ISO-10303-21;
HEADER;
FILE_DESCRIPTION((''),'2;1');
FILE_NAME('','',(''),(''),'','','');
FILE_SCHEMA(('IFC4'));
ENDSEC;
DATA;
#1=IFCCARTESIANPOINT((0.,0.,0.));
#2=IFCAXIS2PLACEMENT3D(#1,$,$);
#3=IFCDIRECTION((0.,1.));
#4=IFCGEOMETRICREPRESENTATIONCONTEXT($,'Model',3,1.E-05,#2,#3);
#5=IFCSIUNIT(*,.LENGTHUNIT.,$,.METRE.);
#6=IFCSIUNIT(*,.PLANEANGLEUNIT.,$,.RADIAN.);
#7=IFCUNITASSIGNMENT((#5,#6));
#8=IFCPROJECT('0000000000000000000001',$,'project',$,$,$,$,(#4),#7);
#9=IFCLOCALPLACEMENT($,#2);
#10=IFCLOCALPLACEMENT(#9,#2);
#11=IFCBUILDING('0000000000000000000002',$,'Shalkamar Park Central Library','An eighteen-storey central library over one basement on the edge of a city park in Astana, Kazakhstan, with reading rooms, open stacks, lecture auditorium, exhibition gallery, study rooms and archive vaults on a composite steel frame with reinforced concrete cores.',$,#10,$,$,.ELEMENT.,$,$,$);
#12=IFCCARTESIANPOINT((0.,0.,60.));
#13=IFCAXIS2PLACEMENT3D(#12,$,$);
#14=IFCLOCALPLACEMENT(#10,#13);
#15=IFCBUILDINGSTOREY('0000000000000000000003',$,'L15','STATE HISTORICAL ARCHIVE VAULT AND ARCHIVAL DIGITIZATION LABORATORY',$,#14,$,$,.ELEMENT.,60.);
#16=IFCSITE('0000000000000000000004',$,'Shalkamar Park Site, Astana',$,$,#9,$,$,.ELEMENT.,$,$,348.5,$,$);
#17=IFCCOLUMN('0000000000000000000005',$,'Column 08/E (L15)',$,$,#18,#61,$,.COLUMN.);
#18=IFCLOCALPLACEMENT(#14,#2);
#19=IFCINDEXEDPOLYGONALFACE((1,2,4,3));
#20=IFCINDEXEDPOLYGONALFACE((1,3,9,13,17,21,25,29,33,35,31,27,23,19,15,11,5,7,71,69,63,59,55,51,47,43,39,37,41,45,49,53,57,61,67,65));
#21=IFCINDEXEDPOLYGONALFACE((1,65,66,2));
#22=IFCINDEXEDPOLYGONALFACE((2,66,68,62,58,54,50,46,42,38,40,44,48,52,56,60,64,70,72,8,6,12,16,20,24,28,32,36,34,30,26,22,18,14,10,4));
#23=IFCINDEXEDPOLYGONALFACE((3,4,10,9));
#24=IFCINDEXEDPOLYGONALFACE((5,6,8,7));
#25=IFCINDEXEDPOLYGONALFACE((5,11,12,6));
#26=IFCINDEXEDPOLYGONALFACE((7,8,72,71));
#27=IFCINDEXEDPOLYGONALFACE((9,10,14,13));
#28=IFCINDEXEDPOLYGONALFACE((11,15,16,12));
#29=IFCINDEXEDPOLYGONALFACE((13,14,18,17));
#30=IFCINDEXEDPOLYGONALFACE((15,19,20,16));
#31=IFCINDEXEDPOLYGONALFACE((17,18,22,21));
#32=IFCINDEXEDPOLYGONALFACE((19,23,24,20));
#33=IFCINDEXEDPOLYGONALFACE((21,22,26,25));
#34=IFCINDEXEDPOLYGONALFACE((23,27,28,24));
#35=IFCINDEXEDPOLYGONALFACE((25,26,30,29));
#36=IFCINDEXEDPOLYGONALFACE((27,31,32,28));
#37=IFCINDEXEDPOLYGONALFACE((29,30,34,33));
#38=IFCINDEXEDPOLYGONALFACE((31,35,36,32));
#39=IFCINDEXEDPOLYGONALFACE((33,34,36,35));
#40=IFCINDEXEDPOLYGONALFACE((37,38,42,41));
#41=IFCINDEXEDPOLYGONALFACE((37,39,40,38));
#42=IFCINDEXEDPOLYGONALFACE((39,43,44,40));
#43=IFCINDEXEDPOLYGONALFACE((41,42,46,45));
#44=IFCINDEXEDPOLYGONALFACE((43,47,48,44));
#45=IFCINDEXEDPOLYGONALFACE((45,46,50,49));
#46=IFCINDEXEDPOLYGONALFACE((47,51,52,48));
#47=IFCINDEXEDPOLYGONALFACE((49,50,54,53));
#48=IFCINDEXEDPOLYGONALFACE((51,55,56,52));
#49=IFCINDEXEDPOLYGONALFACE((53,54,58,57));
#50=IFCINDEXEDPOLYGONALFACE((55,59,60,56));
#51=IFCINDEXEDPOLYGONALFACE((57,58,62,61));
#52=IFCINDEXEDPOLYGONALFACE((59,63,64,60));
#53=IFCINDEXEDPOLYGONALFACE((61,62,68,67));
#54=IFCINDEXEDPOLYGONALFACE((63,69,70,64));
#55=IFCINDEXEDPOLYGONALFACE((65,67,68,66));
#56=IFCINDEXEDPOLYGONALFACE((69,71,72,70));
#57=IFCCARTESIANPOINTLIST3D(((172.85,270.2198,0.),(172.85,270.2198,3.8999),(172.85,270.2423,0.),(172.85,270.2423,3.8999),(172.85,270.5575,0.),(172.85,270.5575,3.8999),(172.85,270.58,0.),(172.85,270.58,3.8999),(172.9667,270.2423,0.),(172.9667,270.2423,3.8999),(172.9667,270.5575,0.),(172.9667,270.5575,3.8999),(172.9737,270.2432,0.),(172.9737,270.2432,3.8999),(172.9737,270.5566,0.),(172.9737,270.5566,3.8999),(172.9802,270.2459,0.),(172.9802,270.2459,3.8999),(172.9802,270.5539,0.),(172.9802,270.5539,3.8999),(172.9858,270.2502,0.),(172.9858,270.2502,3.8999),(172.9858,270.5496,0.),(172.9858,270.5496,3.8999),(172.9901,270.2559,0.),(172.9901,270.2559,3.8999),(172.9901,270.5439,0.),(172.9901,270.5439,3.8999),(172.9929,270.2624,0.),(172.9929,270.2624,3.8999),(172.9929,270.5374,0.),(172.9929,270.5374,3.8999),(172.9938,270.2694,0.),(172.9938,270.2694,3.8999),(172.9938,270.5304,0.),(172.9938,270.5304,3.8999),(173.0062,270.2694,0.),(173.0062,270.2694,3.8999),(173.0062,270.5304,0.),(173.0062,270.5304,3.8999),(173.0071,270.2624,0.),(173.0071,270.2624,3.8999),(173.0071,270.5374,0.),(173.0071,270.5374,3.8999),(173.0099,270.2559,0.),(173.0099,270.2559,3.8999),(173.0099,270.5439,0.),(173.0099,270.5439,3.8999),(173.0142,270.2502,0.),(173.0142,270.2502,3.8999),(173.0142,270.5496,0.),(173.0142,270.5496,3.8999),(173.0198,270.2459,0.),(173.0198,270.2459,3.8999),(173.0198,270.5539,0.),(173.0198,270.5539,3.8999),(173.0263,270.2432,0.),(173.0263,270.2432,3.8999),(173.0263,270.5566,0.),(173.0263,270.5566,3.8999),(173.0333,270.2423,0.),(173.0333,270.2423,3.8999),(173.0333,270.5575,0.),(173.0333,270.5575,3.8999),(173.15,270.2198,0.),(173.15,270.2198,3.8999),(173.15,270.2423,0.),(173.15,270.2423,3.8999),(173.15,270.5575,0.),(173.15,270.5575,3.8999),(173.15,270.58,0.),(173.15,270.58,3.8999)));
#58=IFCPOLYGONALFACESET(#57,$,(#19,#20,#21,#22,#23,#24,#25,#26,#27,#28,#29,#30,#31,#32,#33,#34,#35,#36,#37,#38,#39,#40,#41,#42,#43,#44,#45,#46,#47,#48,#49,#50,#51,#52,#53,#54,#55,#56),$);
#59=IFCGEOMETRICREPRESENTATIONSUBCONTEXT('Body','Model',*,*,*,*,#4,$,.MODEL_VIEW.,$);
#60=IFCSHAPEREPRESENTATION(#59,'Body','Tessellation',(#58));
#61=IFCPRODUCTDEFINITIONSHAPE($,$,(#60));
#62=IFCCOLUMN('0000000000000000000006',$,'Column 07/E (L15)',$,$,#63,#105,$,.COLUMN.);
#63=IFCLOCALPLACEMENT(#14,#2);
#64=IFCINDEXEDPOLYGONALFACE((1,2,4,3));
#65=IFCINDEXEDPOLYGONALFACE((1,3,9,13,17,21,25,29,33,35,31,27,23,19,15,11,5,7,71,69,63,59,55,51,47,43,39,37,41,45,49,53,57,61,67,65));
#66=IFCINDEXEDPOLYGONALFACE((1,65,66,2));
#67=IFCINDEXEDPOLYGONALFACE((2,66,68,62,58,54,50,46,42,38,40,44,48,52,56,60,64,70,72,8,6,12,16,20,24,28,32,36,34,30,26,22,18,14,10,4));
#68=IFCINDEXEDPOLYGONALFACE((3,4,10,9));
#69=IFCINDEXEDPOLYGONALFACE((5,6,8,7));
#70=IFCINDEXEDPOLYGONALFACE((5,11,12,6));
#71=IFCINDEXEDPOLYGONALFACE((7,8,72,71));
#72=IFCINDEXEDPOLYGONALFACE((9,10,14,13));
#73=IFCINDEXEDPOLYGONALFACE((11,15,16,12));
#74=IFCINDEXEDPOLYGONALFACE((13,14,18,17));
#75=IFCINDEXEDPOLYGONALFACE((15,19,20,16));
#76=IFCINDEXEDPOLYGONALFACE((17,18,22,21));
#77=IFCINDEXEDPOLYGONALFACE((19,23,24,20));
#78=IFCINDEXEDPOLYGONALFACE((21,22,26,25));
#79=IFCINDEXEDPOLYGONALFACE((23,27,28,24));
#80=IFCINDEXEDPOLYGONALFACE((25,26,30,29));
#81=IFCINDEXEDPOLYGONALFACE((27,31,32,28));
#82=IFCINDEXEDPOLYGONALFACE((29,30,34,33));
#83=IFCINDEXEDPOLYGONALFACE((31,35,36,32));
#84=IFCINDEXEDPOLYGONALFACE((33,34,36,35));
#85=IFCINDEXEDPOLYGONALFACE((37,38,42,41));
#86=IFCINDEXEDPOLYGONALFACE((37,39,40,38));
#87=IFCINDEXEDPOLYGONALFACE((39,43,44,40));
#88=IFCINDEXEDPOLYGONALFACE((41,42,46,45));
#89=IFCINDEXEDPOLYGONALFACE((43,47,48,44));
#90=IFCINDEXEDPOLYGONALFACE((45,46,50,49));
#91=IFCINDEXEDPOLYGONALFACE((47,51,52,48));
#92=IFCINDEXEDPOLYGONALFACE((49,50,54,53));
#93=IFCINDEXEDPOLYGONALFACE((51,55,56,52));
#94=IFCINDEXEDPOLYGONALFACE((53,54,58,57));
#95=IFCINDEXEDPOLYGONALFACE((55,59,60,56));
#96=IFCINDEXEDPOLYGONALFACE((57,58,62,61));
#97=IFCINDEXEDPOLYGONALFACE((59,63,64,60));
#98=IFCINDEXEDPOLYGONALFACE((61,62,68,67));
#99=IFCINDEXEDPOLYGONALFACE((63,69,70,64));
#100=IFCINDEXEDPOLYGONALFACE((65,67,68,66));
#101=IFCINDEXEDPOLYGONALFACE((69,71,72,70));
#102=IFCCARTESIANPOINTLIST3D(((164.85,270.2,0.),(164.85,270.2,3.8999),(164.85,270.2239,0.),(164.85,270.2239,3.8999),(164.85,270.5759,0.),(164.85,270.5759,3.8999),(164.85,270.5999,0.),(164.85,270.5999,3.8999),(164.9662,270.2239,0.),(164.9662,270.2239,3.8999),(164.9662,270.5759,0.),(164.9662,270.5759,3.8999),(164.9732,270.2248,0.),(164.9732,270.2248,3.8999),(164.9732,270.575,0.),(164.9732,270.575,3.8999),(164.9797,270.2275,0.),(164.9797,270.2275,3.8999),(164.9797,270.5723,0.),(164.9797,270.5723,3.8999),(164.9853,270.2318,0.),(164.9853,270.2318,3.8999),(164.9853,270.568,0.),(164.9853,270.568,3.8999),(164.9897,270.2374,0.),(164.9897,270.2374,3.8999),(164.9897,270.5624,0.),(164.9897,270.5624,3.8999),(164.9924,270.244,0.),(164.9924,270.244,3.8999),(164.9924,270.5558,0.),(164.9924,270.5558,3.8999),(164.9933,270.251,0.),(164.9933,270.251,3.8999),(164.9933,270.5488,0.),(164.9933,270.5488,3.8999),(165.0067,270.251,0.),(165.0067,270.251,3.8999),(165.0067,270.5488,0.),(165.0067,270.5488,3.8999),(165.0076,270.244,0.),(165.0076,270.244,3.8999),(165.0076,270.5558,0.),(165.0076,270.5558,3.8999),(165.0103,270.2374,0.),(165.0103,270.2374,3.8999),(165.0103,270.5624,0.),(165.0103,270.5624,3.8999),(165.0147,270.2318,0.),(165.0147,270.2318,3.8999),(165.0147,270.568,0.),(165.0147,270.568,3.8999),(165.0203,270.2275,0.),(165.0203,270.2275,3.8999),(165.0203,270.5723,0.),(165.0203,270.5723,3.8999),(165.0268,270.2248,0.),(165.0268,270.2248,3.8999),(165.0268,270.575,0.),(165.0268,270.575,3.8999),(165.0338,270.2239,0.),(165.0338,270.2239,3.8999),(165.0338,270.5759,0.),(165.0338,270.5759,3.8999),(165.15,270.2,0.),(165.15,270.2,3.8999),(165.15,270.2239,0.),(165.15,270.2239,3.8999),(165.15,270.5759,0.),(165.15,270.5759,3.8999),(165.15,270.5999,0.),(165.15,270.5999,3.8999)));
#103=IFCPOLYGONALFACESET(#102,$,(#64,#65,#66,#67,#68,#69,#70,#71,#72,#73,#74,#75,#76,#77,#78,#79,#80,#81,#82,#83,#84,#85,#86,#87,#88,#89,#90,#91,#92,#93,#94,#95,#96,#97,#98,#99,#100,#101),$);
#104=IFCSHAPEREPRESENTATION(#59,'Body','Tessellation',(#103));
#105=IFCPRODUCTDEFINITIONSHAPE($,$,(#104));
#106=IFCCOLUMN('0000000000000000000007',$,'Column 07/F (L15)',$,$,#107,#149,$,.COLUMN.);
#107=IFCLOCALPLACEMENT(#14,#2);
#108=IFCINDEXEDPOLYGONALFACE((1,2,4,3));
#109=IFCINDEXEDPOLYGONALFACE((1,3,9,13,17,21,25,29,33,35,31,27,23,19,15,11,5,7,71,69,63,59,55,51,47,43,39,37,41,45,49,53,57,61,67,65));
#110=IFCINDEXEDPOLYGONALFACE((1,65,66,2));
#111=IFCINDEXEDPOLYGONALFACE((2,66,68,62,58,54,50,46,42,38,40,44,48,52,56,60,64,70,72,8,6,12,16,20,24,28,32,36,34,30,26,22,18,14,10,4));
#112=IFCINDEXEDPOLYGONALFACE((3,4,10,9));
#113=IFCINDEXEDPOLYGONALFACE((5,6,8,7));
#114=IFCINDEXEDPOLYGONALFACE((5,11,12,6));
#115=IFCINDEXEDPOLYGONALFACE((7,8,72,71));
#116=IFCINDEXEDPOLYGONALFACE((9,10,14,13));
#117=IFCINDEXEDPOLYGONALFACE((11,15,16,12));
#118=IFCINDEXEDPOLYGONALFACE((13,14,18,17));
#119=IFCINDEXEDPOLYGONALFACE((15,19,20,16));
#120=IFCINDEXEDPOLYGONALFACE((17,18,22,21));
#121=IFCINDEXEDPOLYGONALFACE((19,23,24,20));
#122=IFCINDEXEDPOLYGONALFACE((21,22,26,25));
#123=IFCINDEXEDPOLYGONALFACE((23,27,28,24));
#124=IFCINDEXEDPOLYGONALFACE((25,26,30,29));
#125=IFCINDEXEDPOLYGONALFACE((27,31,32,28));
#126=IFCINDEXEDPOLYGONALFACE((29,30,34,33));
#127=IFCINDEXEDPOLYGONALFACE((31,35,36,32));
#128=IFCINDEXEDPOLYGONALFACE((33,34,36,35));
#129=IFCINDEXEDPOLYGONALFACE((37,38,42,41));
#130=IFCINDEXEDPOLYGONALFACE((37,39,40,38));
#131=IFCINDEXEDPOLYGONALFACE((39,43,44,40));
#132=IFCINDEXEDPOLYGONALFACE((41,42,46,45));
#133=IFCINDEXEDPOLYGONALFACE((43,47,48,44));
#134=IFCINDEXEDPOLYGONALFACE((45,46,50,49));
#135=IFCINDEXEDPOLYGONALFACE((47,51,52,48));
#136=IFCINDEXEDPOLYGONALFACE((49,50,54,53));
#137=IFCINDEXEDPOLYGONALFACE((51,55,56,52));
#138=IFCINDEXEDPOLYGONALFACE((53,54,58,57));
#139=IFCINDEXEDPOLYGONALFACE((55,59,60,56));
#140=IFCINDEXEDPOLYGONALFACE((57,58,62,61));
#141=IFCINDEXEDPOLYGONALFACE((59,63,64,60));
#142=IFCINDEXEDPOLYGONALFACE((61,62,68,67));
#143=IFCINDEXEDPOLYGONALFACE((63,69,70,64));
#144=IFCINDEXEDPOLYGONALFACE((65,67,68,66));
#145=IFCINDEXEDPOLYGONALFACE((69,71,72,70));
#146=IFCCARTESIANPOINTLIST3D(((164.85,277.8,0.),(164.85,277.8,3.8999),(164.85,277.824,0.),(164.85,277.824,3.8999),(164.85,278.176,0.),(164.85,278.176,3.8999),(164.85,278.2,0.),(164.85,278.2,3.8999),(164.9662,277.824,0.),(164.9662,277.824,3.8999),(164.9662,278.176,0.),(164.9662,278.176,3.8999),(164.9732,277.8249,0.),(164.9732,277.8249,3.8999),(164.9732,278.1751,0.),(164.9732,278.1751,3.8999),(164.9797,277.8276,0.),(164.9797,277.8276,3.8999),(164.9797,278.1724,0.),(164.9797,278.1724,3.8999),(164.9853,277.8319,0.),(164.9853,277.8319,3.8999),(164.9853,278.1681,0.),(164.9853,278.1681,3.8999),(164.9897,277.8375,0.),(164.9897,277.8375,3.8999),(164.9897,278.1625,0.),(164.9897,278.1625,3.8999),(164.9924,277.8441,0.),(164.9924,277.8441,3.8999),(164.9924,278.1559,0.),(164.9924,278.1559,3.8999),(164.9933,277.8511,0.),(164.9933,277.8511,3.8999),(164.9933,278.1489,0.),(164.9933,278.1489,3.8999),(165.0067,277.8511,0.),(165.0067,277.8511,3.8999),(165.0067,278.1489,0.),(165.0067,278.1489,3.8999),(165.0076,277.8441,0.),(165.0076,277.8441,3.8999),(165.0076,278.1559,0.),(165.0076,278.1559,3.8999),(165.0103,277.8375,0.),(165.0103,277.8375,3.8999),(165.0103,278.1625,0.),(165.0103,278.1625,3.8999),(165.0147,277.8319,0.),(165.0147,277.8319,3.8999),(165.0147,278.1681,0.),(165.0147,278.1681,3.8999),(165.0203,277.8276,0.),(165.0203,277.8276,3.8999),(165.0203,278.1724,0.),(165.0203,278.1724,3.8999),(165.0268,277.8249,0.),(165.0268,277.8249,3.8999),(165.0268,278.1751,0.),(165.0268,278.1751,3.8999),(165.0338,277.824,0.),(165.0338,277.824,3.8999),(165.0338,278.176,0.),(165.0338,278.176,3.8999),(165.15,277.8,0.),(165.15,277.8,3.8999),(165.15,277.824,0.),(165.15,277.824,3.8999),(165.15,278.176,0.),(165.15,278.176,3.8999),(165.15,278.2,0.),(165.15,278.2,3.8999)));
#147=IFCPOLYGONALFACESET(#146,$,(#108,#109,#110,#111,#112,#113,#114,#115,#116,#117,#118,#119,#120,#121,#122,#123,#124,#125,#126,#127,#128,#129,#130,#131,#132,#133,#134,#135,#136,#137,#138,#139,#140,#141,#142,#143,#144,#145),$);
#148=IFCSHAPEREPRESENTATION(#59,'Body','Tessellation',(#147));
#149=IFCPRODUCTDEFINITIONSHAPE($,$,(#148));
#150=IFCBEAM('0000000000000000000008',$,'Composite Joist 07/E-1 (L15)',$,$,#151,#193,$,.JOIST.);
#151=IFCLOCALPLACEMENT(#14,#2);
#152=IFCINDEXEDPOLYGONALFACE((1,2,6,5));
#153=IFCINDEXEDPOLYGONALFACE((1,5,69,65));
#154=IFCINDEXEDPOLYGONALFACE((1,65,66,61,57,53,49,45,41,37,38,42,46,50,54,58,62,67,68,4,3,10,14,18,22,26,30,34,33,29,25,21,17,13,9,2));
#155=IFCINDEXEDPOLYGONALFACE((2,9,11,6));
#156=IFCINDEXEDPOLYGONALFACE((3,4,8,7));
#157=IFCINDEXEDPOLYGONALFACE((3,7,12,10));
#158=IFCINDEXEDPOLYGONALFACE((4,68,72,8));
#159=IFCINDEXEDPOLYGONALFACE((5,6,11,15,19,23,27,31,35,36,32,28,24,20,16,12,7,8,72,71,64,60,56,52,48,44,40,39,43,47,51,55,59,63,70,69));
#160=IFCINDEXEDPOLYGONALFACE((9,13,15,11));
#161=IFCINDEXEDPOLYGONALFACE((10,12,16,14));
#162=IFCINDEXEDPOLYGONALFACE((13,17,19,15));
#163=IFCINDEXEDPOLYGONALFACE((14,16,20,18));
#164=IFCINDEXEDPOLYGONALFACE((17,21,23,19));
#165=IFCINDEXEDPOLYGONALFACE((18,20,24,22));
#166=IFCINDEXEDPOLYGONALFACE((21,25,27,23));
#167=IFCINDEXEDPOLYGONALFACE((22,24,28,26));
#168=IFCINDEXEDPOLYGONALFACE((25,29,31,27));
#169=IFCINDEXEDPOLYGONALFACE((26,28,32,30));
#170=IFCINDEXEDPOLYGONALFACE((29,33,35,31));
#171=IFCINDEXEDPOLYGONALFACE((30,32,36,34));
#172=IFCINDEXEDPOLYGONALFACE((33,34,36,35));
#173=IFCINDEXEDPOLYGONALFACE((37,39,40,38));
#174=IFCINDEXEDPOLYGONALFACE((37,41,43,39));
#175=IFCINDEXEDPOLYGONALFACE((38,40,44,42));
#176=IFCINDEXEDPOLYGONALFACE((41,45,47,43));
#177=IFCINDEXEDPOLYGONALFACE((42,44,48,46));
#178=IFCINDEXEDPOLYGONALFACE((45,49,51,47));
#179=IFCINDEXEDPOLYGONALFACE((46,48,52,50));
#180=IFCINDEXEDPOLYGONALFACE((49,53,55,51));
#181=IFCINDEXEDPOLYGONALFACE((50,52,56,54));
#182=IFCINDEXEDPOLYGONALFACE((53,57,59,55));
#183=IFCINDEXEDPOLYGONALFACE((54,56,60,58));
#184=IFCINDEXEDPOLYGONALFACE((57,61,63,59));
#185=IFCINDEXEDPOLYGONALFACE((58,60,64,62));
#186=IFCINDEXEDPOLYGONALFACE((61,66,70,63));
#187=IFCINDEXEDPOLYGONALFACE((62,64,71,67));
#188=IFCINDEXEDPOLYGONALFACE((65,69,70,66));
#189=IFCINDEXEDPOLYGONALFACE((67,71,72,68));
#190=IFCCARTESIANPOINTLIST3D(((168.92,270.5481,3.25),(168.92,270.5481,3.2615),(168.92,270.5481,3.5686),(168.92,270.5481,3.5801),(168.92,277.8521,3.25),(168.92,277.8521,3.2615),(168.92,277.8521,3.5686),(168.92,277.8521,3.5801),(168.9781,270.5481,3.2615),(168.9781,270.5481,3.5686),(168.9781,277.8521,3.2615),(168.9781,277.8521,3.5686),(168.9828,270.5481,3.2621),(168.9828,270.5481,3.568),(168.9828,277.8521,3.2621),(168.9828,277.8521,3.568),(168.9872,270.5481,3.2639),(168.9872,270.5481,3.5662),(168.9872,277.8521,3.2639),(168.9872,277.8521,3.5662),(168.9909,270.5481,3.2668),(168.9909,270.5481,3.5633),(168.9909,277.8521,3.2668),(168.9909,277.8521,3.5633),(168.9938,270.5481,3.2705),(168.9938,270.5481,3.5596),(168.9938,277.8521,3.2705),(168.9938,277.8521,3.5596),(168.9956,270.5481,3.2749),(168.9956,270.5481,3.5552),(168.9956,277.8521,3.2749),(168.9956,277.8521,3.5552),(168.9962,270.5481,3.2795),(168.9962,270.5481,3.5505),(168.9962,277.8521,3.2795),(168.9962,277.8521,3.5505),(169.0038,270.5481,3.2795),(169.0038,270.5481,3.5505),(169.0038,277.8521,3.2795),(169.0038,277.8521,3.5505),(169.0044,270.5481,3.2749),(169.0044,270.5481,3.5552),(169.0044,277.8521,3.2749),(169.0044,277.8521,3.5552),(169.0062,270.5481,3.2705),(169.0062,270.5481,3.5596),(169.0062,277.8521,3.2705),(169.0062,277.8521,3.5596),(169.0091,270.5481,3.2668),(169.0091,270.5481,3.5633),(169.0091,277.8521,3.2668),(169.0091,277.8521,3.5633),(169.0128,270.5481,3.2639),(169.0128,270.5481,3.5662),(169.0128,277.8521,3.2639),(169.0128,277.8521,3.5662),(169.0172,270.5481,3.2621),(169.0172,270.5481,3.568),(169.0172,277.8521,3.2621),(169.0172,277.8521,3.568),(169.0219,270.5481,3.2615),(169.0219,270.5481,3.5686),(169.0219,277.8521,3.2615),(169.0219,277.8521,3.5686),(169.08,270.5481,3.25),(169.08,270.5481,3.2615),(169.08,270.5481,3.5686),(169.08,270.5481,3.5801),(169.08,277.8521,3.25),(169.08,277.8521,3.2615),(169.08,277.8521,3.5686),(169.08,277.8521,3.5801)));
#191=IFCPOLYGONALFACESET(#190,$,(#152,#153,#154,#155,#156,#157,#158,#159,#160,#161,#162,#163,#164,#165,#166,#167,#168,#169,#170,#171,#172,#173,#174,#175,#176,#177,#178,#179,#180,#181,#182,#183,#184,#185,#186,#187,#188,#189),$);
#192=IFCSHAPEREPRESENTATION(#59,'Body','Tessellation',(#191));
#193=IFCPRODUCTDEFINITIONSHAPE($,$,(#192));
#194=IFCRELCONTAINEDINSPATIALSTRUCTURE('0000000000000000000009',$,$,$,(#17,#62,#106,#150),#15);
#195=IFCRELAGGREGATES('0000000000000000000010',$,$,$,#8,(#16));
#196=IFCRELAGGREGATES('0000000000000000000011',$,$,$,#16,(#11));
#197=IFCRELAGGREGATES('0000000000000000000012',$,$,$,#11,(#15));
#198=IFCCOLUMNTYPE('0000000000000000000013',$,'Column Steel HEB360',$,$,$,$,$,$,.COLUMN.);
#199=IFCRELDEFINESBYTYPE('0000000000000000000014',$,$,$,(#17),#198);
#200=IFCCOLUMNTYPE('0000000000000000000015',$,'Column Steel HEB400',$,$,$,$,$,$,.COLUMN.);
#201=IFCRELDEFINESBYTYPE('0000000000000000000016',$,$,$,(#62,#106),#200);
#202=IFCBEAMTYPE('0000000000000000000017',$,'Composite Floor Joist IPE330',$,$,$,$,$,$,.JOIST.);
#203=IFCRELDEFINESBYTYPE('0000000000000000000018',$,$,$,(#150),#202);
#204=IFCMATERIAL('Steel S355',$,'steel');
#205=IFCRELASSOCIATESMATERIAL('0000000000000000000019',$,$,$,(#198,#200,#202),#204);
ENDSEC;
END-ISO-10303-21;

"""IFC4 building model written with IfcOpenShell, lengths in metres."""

from ifc_helpers import new_model, si_unit, direction, frame, origin, origin_2d, place, context, subcontext, project, spatial, i_section, extrude, material, material_profile, profile_set, type_object, element, save


model = new_model("IFC4")

# Units and contexts
model_context = context("Model", 3, precision=1e-05, world=origin(), true_north=direction((0.0, 1.0)))
body_context = subcontext(model_context, "Body", "Model", "MODEL_VIEW")
ifc_project = project(units=[si_unit("LENGTHUNIT", "METRE"), si_unit("PLANEANGLEUNIT", "RADIAN")], contexts=[model_context])

# Site, building, storey
site_placement = place(None, origin())
site = spatial("IfcSite", under=ifc_project, at=site_placement, Name="Shalkamar Park Site, Astana", CompositionType="ELEMENT", RefElevation=348.5)
building_placement = place(site_placement, origin())
building = spatial("IfcBuilding", under=site, at=building_placement, Name="Shalkamar Park Central Library", Description="An eighteen-storey central library over one basement on the edge of a city park in Astana, Kazakhstan, with reading rooms, open stacks, lecture auditorium, exhibition gallery, study rooms and archive vaults on a composite steel frame with reinforced concrete cores.", CompositionType="ELEMENT")
storey_placement = place(building_placement, frame((0.0, 0.0, 60.0)))
storey = spatial("IfcBuildingStorey", under=building, at=storey_placement, Name="L15", Description="STATE HISTORICAL ARCHIVE VAULT AND ARCHIVAL DIGITIZATION LABORATORY", CompositionType="ELEMENT", Elevation=60.0)

# Columns
ifc_material_1 = material(Name="Steel S355", Category="steel")
ifc_material_profile_1 = material_profile(ifc_material_1, i_section(OverallWidth=0.3, OverallDepth=0.3601, WebThickness=0.0125, FlangeThickness=0.0225, FilletRadius=0.0271, at=origin_2d()), Name="HEB 360")
ifc_profile_set_1 = profile_set([ifc_material_profile_1], Name="Steel S355")
column_type_1 = type_object("IfcColumnType", Name="Column Steel HEB360", PredefinedType="COLUMN", material=ifc_profile_set_1)
column_placement = place(storey_placement, frame((173.0, 270.3999, 0.0), z_axis=(0.0, 0.0, 1.0), x_axis=(1.0, 0.0, 0.0)))
element("IfcColumn", 1, at=column_placement, inside=storey, type_object=column_type_1, Name="Column 08/E (L15)", PredefinedType="COLUMN", context=body_context, shape_type="SweptSolid", body=[
    extrude(i_section(OverallWidth=0.3, OverallDepth=0.3601, WebThickness=0.0125, FlangeThickness=0.0225, FilletRadius=0.0271, at=origin_2d()), origin(), (0.0, 0.0, 1.0), 3.8999),
])
ifc_material_profile_2 = material_profile(ifc_material_1, i_section(OverallWidth=0.3, OverallDepth=0.3999, WebThickness=0.0134, FlangeThickness=0.0239, FilletRadius=0.0271, at=origin_2d()), Name="HEB 400")
ifc_profile_set_2 = profile_set([ifc_material_profile_2], Name="Steel S355")
column_type_2 = type_object("IfcColumnType", Name="Column Steel HEB400", PredefinedType="COLUMN", material=ifc_profile_set_2)
for number, where, z_axis, x_axis, name in (
    (2, (165.0, 270.3999, 0.0), (0.0, 0.0, 1.0), (1.0, 0.0, 0.0), "Column 07/E (L15)"),
    (3, (165.0, 278.0, 0.0), (0.0, 0.0, 1.0), (1.0, 0.0, 0.0), "Column 07/F (L15)"),
):
    element("IfcColumn", number, at=place(storey_placement, frame(where, z_axis=z_axis, x_axis=x_axis)), inside=storey, type_object=column_type_2, Name=name, PredefinedType="COLUMN", context=body_context, shape_type="SweptSolid", body=[
        extrude(i_section(OverallWidth=0.3, OverallDepth=0.3999, WebThickness=0.0134, FlangeThickness=0.0239, FilletRadius=0.0271, at=origin_2d()), origin(), (0.0, 0.0, 1.0), 3.8999),
    ])

# Beam
ifc_material_profile_3 = material_profile(ifc_material_1, i_section(OverallWidth=0.1599, OverallDepth=0.3301, WebThickness=0.0076, FlangeThickness=0.0115, FilletRadius=0.0181, at=origin_2d()), Name="IPE 330")
ifc_profile_set_3 = profile_set([ifc_material_profile_3], Name="Steel S355")
beam_type_1 = type_object("IfcBeamType", Name="Composite Floor Joist IPE330", PredefinedType="JOIST", material=ifc_profile_set_3)
for number, where, z_axis, x_axis, name in (
    (4, (169.0, 270.5481, 3.415), (0.0, 1.0, 0.0), (-1.0, 0.0, 0.0), "Composite Joist 07/E-1 (L15)"),
):
    element("IfcBeam", number, at=place(storey_placement, frame(where, z_axis=z_axis, x_axis=x_axis)), inside=storey, type_object=beam_type_1, Name=name, PredefinedType="JOIST", context=body_context, shape_type="SweptSolid", body=[
        extrude(i_section(OverallWidth=0.1599, OverallDepth=0.3301, WebThickness=0.0076, FlangeThickness=0.0115, FilletRadius=0.0181, at=origin_2d()), origin(), (0.0, 0.0, 1.0), 7.304),
    ])

save(model, "model.ifc")
